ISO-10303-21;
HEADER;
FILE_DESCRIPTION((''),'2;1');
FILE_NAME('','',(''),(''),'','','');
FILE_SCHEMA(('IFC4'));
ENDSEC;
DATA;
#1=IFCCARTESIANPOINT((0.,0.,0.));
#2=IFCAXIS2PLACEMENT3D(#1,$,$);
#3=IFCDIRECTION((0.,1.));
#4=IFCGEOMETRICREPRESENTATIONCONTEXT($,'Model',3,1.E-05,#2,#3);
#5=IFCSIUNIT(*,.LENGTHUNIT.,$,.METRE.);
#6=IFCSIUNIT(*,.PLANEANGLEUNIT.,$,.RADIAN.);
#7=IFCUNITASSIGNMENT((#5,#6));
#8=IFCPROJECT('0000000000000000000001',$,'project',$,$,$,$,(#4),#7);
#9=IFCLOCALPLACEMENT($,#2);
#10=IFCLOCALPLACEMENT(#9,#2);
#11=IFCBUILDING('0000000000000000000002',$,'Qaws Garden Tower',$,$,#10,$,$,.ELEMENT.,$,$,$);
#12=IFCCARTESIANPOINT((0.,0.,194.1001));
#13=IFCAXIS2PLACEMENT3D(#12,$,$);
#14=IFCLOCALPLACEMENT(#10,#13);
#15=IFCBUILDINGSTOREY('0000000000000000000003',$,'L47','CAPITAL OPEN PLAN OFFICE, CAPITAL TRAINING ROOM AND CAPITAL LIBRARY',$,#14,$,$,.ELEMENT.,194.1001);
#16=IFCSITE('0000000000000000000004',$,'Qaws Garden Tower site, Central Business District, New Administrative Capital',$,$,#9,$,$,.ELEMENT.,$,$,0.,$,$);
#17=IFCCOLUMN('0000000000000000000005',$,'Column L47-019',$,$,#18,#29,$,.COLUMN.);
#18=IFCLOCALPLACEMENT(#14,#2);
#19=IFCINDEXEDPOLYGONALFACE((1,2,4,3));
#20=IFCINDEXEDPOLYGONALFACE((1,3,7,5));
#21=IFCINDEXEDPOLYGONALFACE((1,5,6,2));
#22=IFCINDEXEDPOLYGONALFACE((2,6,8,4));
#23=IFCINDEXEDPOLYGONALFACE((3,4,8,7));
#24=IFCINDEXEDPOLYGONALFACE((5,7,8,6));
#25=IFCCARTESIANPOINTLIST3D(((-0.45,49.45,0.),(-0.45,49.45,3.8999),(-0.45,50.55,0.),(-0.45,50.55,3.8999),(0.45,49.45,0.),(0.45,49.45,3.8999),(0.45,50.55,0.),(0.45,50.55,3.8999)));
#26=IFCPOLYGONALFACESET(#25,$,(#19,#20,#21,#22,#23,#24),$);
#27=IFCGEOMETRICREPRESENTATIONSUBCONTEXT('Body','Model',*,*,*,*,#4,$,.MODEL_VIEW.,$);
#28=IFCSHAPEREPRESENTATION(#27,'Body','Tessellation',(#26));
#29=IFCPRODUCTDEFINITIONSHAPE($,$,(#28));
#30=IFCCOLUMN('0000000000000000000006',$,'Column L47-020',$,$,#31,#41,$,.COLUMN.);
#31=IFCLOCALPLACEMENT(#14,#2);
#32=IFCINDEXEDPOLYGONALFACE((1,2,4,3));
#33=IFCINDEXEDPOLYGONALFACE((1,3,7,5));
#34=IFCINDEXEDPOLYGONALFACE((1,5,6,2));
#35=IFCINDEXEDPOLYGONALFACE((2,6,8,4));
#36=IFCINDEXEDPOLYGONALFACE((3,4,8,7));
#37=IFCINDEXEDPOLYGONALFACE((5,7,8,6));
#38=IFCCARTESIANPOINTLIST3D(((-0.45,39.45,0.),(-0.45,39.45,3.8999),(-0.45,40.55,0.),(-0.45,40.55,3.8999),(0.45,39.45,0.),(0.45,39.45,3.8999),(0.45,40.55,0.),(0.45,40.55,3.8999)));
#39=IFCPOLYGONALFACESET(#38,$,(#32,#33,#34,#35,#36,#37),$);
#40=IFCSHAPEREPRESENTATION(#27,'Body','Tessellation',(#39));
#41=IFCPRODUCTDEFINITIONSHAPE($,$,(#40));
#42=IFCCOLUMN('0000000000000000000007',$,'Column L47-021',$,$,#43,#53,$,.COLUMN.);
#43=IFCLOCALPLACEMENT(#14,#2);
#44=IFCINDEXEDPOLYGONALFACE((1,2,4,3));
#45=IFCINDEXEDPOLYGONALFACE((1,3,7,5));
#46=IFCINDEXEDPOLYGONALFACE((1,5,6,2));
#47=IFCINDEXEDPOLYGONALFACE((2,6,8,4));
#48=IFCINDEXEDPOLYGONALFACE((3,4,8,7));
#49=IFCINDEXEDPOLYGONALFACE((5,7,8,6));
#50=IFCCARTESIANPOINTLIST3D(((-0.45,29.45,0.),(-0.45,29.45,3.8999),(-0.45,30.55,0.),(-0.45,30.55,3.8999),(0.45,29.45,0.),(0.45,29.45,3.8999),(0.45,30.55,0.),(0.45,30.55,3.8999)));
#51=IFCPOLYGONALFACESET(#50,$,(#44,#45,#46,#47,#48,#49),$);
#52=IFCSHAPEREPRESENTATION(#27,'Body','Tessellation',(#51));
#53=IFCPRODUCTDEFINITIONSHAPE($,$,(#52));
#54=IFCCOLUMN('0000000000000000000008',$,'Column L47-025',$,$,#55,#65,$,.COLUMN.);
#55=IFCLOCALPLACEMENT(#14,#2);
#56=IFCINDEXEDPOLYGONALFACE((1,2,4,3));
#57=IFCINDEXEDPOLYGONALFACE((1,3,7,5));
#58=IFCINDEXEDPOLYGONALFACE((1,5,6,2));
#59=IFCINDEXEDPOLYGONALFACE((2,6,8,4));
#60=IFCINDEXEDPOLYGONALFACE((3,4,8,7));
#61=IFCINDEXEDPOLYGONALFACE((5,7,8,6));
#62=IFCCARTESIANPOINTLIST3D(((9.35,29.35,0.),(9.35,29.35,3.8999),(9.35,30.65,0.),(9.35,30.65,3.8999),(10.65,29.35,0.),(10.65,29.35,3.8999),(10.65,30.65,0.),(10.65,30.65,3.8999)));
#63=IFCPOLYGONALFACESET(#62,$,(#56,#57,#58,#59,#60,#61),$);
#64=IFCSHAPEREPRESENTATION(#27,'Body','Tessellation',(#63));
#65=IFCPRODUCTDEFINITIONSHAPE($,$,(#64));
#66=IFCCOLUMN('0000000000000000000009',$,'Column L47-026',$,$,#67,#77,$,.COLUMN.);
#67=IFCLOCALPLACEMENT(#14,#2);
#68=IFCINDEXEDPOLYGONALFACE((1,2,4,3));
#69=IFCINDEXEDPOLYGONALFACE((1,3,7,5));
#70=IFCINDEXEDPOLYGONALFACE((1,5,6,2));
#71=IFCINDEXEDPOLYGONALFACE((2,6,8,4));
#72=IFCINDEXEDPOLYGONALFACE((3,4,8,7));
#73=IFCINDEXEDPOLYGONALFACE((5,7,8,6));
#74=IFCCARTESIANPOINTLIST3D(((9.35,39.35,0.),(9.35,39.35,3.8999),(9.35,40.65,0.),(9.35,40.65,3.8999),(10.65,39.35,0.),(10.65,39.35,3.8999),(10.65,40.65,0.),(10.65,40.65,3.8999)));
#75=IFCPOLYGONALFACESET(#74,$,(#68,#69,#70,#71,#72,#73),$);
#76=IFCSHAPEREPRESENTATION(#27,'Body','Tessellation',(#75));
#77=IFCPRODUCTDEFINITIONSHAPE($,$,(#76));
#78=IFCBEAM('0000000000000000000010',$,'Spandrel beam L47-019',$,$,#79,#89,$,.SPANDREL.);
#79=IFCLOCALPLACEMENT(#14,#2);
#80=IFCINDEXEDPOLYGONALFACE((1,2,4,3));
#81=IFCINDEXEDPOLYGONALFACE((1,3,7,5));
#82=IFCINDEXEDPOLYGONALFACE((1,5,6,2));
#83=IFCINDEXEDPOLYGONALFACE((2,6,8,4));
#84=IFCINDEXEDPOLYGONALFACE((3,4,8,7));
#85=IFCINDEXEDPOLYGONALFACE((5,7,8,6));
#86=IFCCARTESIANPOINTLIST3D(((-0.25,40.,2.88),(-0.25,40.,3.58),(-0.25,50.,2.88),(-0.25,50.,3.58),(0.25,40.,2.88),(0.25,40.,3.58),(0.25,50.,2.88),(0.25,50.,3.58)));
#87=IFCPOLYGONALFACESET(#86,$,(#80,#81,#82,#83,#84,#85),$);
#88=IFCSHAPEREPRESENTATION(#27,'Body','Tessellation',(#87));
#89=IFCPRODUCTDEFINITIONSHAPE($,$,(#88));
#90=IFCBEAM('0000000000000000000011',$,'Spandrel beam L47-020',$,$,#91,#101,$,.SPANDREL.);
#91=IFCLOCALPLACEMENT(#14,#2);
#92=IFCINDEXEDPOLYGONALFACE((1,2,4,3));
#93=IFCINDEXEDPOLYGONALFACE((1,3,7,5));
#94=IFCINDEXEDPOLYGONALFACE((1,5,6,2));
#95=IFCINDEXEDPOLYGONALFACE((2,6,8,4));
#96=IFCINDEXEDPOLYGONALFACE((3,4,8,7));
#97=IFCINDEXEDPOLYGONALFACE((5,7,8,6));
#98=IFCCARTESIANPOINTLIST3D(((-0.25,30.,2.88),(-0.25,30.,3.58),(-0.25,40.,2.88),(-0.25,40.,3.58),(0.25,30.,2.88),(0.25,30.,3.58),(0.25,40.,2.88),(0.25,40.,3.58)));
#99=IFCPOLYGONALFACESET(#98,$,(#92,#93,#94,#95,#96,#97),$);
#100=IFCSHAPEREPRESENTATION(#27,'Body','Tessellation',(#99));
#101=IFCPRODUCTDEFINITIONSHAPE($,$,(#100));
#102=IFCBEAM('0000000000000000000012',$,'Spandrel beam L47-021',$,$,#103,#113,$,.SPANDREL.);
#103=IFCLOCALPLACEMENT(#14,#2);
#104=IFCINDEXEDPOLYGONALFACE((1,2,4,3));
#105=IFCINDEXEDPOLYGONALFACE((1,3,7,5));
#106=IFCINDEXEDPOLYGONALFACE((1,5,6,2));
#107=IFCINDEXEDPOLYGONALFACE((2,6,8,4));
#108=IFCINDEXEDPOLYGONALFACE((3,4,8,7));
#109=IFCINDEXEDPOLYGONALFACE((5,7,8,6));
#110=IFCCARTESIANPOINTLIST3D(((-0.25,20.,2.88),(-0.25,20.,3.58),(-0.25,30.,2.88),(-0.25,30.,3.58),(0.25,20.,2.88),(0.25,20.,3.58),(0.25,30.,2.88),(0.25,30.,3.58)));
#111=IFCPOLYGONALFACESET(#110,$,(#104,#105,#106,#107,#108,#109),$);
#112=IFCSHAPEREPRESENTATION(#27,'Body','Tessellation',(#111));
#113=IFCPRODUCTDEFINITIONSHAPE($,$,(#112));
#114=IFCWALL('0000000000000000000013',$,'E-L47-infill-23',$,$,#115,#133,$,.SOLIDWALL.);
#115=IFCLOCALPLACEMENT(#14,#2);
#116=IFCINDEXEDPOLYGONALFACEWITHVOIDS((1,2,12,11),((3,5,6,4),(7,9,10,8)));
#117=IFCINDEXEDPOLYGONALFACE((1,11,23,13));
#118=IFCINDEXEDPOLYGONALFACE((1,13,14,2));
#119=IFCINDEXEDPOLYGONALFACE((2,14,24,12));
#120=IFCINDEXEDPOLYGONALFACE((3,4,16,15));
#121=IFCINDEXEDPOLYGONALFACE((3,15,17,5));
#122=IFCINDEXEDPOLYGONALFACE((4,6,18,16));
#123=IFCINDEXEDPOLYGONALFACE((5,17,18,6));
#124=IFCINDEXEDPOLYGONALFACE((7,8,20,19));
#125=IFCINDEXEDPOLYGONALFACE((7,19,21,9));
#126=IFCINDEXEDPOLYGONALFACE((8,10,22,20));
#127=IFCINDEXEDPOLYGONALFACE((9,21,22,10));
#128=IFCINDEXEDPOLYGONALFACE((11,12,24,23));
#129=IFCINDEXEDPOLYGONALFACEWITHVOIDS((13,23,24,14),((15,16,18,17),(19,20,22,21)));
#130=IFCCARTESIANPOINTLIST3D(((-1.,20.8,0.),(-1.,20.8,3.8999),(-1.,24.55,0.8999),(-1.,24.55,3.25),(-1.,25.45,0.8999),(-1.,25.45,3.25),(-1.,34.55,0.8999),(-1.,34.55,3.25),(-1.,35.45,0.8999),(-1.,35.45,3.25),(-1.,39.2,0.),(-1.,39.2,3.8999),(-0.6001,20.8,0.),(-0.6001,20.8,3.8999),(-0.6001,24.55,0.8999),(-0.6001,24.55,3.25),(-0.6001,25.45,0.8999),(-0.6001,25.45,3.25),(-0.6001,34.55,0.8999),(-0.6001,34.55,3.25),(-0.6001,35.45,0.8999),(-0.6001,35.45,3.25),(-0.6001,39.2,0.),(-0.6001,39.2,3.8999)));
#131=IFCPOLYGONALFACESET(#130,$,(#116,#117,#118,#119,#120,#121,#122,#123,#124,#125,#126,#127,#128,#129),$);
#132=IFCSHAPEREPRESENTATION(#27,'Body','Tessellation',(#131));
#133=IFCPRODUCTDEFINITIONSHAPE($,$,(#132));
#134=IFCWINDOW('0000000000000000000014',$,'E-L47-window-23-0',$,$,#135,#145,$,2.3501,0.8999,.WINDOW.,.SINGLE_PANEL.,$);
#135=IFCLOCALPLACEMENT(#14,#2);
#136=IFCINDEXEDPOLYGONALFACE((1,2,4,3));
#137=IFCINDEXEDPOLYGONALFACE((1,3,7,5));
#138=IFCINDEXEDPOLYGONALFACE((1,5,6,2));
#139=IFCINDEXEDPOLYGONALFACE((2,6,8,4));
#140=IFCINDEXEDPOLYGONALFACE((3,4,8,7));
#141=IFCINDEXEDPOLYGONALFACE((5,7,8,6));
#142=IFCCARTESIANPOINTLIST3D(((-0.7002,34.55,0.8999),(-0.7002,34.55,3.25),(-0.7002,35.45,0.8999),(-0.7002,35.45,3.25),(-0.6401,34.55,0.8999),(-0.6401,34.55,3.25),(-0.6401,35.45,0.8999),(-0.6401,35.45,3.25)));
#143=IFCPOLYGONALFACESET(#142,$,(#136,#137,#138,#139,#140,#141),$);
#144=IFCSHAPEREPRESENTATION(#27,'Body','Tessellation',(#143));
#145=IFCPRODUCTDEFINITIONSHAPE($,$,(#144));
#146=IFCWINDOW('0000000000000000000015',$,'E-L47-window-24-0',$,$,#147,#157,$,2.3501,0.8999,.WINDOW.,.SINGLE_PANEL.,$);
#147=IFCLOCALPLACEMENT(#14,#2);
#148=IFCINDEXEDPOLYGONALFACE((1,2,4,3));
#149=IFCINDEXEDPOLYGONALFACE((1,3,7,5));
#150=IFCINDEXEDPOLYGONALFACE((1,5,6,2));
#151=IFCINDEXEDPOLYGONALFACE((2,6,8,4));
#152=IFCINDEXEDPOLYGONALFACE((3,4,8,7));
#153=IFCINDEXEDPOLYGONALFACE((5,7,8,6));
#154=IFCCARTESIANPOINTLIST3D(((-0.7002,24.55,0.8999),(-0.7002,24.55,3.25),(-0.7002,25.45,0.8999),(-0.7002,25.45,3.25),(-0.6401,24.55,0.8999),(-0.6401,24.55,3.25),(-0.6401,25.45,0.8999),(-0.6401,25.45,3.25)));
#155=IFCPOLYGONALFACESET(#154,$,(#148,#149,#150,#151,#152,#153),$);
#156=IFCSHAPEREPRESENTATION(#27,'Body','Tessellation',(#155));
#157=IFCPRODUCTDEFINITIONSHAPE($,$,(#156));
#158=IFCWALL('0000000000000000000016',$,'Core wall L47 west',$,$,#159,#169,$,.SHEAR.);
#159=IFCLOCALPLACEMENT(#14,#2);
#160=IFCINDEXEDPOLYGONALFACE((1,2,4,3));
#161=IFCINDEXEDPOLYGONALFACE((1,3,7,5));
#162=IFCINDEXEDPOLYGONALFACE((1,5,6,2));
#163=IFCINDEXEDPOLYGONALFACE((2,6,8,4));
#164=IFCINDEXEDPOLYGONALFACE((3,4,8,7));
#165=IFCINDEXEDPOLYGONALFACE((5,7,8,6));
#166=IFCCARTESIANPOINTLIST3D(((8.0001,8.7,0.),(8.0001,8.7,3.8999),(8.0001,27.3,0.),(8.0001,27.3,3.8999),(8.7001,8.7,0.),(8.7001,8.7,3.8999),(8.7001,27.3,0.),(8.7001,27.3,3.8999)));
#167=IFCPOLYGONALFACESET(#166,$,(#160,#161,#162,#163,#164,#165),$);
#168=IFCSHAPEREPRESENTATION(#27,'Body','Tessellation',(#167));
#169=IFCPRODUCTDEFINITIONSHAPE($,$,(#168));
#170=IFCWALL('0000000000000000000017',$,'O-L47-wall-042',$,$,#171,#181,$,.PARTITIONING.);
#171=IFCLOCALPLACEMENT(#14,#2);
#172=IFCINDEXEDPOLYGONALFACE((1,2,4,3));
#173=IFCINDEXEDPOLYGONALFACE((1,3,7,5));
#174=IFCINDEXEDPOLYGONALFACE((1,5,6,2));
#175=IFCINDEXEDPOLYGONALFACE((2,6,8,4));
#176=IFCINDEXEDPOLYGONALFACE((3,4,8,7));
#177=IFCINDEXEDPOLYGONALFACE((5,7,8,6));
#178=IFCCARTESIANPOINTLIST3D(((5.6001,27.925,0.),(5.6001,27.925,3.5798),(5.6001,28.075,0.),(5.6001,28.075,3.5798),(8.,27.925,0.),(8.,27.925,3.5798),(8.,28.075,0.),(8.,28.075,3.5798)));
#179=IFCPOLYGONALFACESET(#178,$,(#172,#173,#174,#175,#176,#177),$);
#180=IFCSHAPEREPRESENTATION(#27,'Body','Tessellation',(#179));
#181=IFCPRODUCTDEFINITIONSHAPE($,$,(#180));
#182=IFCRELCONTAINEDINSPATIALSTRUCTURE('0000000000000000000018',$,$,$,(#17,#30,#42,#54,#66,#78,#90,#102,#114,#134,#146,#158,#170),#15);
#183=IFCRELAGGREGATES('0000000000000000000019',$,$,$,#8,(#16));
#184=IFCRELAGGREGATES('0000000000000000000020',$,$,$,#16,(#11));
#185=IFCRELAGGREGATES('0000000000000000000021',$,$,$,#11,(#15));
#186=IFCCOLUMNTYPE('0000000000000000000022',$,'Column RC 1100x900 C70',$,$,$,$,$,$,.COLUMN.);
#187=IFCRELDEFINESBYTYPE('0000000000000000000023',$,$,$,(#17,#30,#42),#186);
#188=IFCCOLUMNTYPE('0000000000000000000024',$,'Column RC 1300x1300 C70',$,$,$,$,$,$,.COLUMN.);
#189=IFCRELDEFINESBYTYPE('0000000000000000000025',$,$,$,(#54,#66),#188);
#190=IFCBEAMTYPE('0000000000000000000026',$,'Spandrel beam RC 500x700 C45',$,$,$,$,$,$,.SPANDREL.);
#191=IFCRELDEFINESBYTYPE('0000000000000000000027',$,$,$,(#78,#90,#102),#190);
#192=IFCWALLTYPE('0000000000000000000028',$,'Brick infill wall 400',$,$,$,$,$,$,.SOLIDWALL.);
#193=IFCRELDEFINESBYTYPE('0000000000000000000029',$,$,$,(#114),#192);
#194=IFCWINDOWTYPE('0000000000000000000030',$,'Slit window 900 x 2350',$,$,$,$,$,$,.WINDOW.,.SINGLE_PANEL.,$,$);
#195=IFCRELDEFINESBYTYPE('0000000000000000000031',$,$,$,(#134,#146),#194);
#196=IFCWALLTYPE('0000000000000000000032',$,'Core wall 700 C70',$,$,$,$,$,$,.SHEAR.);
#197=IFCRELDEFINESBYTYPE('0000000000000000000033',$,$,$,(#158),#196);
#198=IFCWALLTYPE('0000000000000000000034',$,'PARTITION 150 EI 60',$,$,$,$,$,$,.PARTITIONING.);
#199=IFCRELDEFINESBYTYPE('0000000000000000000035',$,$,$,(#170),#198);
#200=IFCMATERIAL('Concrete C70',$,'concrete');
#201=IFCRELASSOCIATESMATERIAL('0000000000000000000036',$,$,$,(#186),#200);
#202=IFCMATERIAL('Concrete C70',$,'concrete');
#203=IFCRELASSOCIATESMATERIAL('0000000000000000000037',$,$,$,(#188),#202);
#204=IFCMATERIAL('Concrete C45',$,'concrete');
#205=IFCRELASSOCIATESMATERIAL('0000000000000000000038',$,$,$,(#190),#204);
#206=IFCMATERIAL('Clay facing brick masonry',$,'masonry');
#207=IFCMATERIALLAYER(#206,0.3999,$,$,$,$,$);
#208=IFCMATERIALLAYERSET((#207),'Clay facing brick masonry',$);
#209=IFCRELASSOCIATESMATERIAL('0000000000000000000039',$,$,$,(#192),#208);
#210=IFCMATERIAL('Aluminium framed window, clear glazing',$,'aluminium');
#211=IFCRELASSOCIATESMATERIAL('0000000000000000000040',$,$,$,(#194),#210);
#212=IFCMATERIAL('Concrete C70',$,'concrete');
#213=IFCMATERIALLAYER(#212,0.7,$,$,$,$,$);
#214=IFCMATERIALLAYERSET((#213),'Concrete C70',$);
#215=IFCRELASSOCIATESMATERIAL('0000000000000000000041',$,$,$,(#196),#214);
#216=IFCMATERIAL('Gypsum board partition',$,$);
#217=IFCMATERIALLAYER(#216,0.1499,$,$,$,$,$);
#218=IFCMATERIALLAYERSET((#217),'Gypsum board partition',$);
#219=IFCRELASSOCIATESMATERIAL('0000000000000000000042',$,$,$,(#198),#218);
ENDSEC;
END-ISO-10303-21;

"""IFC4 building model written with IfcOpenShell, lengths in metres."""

from ifc_helpers import new_model, si_unit, direction, frame, frame_2d, origin, origin_2d, place, context, subcontext, project, spatial, rectangle, extrude, material, layer, layer_set, material_profile, profile_set, type_object, element, fill, save


model = new_model("IFC4")

# Units and contexts
model_context = context("Model", 3, precision=1e-05, world=origin(), true_north=direction((0.0, 1.0)))
body_context = subcontext(model_context, "Body", "Model", "MODEL_VIEW")
ifc_project = project(units=[si_unit("LENGTHUNIT", "METRE"), si_unit("PLANEANGLEUNIT", "RADIAN")], contexts=[model_context])

# Site, building, storey
site_placement = place(None, origin())
site = spatial("IfcSite", under=ifc_project, at=site_placement, Name="Qaws Garden Tower site, Central Business District, New Administrative Capital", CompositionType="ELEMENT", RefElevation=0.0)
building_placement = place(site_placement, origin())
building = spatial("IfcBuilding", under=site, at=building_placement, Name="Qaws Garden Tower", CompositionType="ELEMENT")
storey_placement = place(building_placement, frame((0.0, 0.0, 194.1001)))
storey = spatial("IfcBuildingStorey", under=building, at=storey_placement, Name="L47", Description="CAPITAL OPEN PLAN OFFICE, CAPITAL TRAINING ROOM AND CAPITAL LIBRARY", CompositionType="ELEMENT", Elevation=194.1001)

# Columns
ifc_material_1 = material(Name="Concrete C70", Category="concrete")
ifc_material_profile_1 = material_profile(ifc_material_1, rectangle(XDim=1.1001, YDim=0.8999, at=origin_2d()), Name="RC 1100x900")
ifc_profile_set_1 = profile_set([ifc_material_profile_1], Name="Concrete C70")
column_type_1 = type_object("IfcColumnType", Name="Column RC 1100x900 C70", PredefinedType="COLUMN", material=ifc_profile_set_1)
for number, where, z_axis, x_axis, name in (
    (1, (0.0, 50.0, 0.0), (0.0, 0.0, 1.0), (0.0, 1.0, 0.0), "Column L47-019"),
    (2, (0.0, 40.0, 0.0), (0.0, 0.0, 1.0), (0.0, 1.0, 0.0), "Column L47-020"),
    (3, (0.0, 30.0, 0.0), (0.0, 0.0, 1.0), (0.0, 1.0, 0.0), "Column L47-021"),
):
    element("IfcColumn", number, at=place(storey_placement, frame(where, z_axis=z_axis, x_axis=x_axis)), inside=storey, type_object=column_type_1, Name=name, PredefinedType="COLUMN", context=body_context, shape_type="SweptSolid", body=[
        extrude(rectangle(XDim=1.1001, YDim=0.8999, at=origin_2d()), origin(), (0.0, 0.0, 1.0), 3.8999),
    ])
ifc_material_2 = material(Name="Concrete C70", Category="concrete")
ifc_material_profile_2 = material_profile(ifc_material_2, rectangle(XDim=1.3, YDim=1.3, at=origin_2d()), Name="RC 1300x1300")
ifc_profile_set_2 = profile_set([ifc_material_profile_2], Name="Concrete C70")
column_type_2 = type_object("IfcColumnType", Name="Column RC 1300x1300 C70", PredefinedType="COLUMN", material=ifc_profile_set_2)
for number, where, z_axis, x_axis, name in (
    (4, (10.0, 30.0, 0.0), (0.0, 0.0, 1.0), (1.0, 0.0, 0.0), "Column L47-025"),
    (5, (10.0, 40.0, 0.0), (0.0, 0.0, 1.0), (1.0, 0.0, 0.0), "Column L47-026"),
):
    element("IfcColumn", number, at=place(storey_placement, frame(where, z_axis=z_axis, x_axis=x_axis)), inside=storey, type_object=column_type_2, Name=name, PredefinedType="COLUMN", context=body_context, shape_type="SweptSolid", body=[
        extrude(rectangle(XDim=1.3, YDim=1.3, at=origin_2d()), origin(), (0.0, 0.0, 1.0), 3.8999),
    ])

# Beams
ifc_material_3 = material(Name="Concrete C45", Category="concrete")
ifc_material_profile_3 = material_profile(ifc_material_3, rectangle(XDim=0.5, YDim=0.7, at=origin_2d()), Name="RC 500x700")
ifc_profile_set_3 = profile_set([ifc_material_profile_3], Name="Concrete C45")
beam_type = type_object("IfcBeamType", Name="Spandrel beam RC 500x700 C45", PredefinedType="SPANDREL", material=ifc_profile_set_3)
for number, where, z_axis, x_axis, name in (
    (6, (0.0, 50.0, 3.23), (0.0, -1.0, 0.0), (1.0, 0.0, 0.0), "Spandrel beam L47-019"),
    (7, (0.0, 40.0, 3.23), (0.0, -1.0, 0.0), (1.0, 0.0, 0.0), "Spandrel beam L47-020"),
    (8, (0.0, 30.0, 3.23), (0.0, -1.0, 0.0), (1.0, 0.0, 0.0), "Spandrel beam L47-021"),
):
    element("IfcBeam", number, at=place(storey_placement, frame(where, z_axis=z_axis, x_axis=x_axis)), inside=storey, type_object=beam_type, Name=name, PredefinedType="SPANDREL", context=body_context, shape_type="SweptSolid", body=[
        extrude(rectangle(XDim=0.5, YDim=0.7, at=origin_2d()), origin(), (0.0, 0.0, 1.0), 10.0),
    ])

# Wall, openings, windows
ifc_material_4 = material(Name="Clay facing brick masonry", Category="masonry")
ifc_layer_1 = layer(ifc_material_4, 0.3999)
ifc_layer_set_1 = layer_set([ifc_layer_1], Name="Clay facing brick masonry")
wall_type_1 = type_object("IfcWallType", Name="Brick infill wall 400", PredefinedType="SOLIDWALL", material=ifc_layer_set_1)
wall_1_placement = place(storey_placement, frame((-0.8, 39.2, 0.0), z_axis=(0.0, 0.0, 1.0), x_axis=(0.0, -1.0, 0.0)))
wall_1 = element("IfcWall", 9, at=wall_1_placement, inside=storey, type_object=wall_type_1, Name="E-L47-infill-23", PredefinedType="SOLIDWALL", context=body_context, shape_type="SweptSolid", body=[
    extrude(rectangle(XDim=18.3999, YDim=0.3999, at=frame_2d((9.2, 0.0))), origin(), (0.0, 0.0, 1.0), 3.8999),
])
opening_1_placement = place(wall_1_placement, frame((3.75, 0.0, 0.8999)))
opening_1 = element("IfcOpeningElement", 10, at=opening_1_placement, cuts=wall_1, PredefinedType="OPENING", context=body_context, shape_type="SweptSolid", body=[
    extrude(rectangle(XDim=0.8999, YDim=2.3501, at=frame_2d((0.45, 1.175))), frame((0.0, 0.21, 0.0), z_axis=(0.0, -1.0, 0.0), x_axis=(1.0, 0.0, 0.0)), (0.0, 0.0, 1.0), 0.4199),
])
opening_2_placement = place(wall_1_placement, frame((13.75, 0.0, 0.8999)))
opening_2 = element("IfcOpeningElement", 11, at=opening_2_placement, cuts=wall_1, PredefinedType="OPENING", context=body_context, shape_type="SweptSolid", body=[
    extrude(rectangle(XDim=0.8999, YDim=2.3501, at=frame_2d((0.45, 1.175))), frame((0.0, 0.21, 0.0), z_axis=(0.0, -1.0, 0.0), x_axis=(1.0, 0.0, 0.0)), (0.0, 0.0, 1.0), 0.4199),
])
ifc_material_5 = material(Name="Aluminium framed window, clear glazing", Category="aluminium")
window_type = type_object("IfcWindowType", Name="Slit window 900 x 2350", PartitioningType="SINGLE_PANEL", PredefinedType="WINDOW", material=ifc_material_5)
window_1_placement = place(opening_1_placement, origin())
window_1 = element("IfcWindow", 12, at=window_1_placement, inside=storey, type_object=window_type, Name="E-L47-window-23-0", OverallHeight=2.3501, OverallWidth=0.8999, PartitioningType="SINGLE_PANEL", PredefinedType="WINDOW", context=body_context, shape_type="SweptSolid", body=[
    extrude(rectangle(XDim=0.8999, YDim=2.3501, at=frame_2d((0.45, 1.175))), frame((0.0, 0.1599, 0.0), z_axis=(0.0, -1.0, 0.0), x_axis=(1.0, 0.0, 0.0)), (0.0, 0.0, 1.0), 0.0601),
])
fill(opening_1, window_1)
window_2_placement = place(opening_2_placement, origin())
window_2 = element("IfcWindow", 13, at=window_2_placement, inside=storey, type_object=window_type, Name="E-L47-window-24-0", OverallHeight=2.3501, OverallWidth=0.8999, PartitioningType="SINGLE_PANEL", PredefinedType="WINDOW", context=body_context, shape_type="SweptSolid", body=[
    extrude(rectangle(XDim=0.8999, YDim=2.3501, at=frame_2d((0.45, 1.175))), frame((0.0, 0.1599, 0.0), z_axis=(0.0, -1.0, 0.0), x_axis=(1.0, 0.0, 0.0)), (0.0, 0.0, 1.0), 0.0601),
])
fill(opening_2, window_2)

# Walls
ifc_material_6 = material(Name="Concrete C70", Category="concrete")
ifc_layer_2 = layer(ifc_material_6, 0.7)
ifc_layer_set_2 = layer_set([ifc_layer_2], Name="Concrete C70")
wall_type_2 = type_object("IfcWallType", Name="Core wall 700 C70", PredefinedType="SHEAR", material=ifc_layer_set_2)
wall_2_placement = place(storey_placement, frame((8.3501, 27.3, 0.0), z_axis=(0.0, 0.0, 1.0), x_axis=(0.0, -1.0, 0.0)))
element("IfcWall", 14, at=wall_2_placement, inside=storey, type_object=wall_type_2, Name="Core wall L47 west", PredefinedType="SHEAR", context=body_context, shape_type="SweptSolid", body=[
    extrude(rectangle(XDim=18.6001, YDim=0.7, at=frame_2d((9.3, 0.0))), origin(), (0.0, 0.0, 1.0), 3.8999),
])
ifc_material_7 = material(Name="Gypsum board partition")
ifc_layer_3 = layer(ifc_material_7, 0.1499)
ifc_layer_set_3 = layer_set([ifc_layer_3], Name="Gypsum board partition")
wall_type_3 = type_object("IfcWallType", Name="PARTITION 150 EI 60", PredefinedType="PARTITIONING", material=ifc_layer_set_3)
wall_3_placement = place(storey_placement, frame((5.6001, 28.0, 0.0), z_axis=(0.0, 0.0, 1.0), x_axis=(1.0, 0.0, 0.0)))
element("IfcWall", 15, at=wall_3_placement, inside=storey, type_object=wall_type_3, Name="O-L47-wall-042", PredefinedType="PARTITIONING", context=body_context, shape_type="SweptSolid", body=[
    extrude(rectangle(XDim=2.3999, YDim=0.1499, at=frame_2d((1.2, 0.0))), origin(), (0.0, 0.0, 1.0), 3.5798),
])

save(model, "model.ifc")
